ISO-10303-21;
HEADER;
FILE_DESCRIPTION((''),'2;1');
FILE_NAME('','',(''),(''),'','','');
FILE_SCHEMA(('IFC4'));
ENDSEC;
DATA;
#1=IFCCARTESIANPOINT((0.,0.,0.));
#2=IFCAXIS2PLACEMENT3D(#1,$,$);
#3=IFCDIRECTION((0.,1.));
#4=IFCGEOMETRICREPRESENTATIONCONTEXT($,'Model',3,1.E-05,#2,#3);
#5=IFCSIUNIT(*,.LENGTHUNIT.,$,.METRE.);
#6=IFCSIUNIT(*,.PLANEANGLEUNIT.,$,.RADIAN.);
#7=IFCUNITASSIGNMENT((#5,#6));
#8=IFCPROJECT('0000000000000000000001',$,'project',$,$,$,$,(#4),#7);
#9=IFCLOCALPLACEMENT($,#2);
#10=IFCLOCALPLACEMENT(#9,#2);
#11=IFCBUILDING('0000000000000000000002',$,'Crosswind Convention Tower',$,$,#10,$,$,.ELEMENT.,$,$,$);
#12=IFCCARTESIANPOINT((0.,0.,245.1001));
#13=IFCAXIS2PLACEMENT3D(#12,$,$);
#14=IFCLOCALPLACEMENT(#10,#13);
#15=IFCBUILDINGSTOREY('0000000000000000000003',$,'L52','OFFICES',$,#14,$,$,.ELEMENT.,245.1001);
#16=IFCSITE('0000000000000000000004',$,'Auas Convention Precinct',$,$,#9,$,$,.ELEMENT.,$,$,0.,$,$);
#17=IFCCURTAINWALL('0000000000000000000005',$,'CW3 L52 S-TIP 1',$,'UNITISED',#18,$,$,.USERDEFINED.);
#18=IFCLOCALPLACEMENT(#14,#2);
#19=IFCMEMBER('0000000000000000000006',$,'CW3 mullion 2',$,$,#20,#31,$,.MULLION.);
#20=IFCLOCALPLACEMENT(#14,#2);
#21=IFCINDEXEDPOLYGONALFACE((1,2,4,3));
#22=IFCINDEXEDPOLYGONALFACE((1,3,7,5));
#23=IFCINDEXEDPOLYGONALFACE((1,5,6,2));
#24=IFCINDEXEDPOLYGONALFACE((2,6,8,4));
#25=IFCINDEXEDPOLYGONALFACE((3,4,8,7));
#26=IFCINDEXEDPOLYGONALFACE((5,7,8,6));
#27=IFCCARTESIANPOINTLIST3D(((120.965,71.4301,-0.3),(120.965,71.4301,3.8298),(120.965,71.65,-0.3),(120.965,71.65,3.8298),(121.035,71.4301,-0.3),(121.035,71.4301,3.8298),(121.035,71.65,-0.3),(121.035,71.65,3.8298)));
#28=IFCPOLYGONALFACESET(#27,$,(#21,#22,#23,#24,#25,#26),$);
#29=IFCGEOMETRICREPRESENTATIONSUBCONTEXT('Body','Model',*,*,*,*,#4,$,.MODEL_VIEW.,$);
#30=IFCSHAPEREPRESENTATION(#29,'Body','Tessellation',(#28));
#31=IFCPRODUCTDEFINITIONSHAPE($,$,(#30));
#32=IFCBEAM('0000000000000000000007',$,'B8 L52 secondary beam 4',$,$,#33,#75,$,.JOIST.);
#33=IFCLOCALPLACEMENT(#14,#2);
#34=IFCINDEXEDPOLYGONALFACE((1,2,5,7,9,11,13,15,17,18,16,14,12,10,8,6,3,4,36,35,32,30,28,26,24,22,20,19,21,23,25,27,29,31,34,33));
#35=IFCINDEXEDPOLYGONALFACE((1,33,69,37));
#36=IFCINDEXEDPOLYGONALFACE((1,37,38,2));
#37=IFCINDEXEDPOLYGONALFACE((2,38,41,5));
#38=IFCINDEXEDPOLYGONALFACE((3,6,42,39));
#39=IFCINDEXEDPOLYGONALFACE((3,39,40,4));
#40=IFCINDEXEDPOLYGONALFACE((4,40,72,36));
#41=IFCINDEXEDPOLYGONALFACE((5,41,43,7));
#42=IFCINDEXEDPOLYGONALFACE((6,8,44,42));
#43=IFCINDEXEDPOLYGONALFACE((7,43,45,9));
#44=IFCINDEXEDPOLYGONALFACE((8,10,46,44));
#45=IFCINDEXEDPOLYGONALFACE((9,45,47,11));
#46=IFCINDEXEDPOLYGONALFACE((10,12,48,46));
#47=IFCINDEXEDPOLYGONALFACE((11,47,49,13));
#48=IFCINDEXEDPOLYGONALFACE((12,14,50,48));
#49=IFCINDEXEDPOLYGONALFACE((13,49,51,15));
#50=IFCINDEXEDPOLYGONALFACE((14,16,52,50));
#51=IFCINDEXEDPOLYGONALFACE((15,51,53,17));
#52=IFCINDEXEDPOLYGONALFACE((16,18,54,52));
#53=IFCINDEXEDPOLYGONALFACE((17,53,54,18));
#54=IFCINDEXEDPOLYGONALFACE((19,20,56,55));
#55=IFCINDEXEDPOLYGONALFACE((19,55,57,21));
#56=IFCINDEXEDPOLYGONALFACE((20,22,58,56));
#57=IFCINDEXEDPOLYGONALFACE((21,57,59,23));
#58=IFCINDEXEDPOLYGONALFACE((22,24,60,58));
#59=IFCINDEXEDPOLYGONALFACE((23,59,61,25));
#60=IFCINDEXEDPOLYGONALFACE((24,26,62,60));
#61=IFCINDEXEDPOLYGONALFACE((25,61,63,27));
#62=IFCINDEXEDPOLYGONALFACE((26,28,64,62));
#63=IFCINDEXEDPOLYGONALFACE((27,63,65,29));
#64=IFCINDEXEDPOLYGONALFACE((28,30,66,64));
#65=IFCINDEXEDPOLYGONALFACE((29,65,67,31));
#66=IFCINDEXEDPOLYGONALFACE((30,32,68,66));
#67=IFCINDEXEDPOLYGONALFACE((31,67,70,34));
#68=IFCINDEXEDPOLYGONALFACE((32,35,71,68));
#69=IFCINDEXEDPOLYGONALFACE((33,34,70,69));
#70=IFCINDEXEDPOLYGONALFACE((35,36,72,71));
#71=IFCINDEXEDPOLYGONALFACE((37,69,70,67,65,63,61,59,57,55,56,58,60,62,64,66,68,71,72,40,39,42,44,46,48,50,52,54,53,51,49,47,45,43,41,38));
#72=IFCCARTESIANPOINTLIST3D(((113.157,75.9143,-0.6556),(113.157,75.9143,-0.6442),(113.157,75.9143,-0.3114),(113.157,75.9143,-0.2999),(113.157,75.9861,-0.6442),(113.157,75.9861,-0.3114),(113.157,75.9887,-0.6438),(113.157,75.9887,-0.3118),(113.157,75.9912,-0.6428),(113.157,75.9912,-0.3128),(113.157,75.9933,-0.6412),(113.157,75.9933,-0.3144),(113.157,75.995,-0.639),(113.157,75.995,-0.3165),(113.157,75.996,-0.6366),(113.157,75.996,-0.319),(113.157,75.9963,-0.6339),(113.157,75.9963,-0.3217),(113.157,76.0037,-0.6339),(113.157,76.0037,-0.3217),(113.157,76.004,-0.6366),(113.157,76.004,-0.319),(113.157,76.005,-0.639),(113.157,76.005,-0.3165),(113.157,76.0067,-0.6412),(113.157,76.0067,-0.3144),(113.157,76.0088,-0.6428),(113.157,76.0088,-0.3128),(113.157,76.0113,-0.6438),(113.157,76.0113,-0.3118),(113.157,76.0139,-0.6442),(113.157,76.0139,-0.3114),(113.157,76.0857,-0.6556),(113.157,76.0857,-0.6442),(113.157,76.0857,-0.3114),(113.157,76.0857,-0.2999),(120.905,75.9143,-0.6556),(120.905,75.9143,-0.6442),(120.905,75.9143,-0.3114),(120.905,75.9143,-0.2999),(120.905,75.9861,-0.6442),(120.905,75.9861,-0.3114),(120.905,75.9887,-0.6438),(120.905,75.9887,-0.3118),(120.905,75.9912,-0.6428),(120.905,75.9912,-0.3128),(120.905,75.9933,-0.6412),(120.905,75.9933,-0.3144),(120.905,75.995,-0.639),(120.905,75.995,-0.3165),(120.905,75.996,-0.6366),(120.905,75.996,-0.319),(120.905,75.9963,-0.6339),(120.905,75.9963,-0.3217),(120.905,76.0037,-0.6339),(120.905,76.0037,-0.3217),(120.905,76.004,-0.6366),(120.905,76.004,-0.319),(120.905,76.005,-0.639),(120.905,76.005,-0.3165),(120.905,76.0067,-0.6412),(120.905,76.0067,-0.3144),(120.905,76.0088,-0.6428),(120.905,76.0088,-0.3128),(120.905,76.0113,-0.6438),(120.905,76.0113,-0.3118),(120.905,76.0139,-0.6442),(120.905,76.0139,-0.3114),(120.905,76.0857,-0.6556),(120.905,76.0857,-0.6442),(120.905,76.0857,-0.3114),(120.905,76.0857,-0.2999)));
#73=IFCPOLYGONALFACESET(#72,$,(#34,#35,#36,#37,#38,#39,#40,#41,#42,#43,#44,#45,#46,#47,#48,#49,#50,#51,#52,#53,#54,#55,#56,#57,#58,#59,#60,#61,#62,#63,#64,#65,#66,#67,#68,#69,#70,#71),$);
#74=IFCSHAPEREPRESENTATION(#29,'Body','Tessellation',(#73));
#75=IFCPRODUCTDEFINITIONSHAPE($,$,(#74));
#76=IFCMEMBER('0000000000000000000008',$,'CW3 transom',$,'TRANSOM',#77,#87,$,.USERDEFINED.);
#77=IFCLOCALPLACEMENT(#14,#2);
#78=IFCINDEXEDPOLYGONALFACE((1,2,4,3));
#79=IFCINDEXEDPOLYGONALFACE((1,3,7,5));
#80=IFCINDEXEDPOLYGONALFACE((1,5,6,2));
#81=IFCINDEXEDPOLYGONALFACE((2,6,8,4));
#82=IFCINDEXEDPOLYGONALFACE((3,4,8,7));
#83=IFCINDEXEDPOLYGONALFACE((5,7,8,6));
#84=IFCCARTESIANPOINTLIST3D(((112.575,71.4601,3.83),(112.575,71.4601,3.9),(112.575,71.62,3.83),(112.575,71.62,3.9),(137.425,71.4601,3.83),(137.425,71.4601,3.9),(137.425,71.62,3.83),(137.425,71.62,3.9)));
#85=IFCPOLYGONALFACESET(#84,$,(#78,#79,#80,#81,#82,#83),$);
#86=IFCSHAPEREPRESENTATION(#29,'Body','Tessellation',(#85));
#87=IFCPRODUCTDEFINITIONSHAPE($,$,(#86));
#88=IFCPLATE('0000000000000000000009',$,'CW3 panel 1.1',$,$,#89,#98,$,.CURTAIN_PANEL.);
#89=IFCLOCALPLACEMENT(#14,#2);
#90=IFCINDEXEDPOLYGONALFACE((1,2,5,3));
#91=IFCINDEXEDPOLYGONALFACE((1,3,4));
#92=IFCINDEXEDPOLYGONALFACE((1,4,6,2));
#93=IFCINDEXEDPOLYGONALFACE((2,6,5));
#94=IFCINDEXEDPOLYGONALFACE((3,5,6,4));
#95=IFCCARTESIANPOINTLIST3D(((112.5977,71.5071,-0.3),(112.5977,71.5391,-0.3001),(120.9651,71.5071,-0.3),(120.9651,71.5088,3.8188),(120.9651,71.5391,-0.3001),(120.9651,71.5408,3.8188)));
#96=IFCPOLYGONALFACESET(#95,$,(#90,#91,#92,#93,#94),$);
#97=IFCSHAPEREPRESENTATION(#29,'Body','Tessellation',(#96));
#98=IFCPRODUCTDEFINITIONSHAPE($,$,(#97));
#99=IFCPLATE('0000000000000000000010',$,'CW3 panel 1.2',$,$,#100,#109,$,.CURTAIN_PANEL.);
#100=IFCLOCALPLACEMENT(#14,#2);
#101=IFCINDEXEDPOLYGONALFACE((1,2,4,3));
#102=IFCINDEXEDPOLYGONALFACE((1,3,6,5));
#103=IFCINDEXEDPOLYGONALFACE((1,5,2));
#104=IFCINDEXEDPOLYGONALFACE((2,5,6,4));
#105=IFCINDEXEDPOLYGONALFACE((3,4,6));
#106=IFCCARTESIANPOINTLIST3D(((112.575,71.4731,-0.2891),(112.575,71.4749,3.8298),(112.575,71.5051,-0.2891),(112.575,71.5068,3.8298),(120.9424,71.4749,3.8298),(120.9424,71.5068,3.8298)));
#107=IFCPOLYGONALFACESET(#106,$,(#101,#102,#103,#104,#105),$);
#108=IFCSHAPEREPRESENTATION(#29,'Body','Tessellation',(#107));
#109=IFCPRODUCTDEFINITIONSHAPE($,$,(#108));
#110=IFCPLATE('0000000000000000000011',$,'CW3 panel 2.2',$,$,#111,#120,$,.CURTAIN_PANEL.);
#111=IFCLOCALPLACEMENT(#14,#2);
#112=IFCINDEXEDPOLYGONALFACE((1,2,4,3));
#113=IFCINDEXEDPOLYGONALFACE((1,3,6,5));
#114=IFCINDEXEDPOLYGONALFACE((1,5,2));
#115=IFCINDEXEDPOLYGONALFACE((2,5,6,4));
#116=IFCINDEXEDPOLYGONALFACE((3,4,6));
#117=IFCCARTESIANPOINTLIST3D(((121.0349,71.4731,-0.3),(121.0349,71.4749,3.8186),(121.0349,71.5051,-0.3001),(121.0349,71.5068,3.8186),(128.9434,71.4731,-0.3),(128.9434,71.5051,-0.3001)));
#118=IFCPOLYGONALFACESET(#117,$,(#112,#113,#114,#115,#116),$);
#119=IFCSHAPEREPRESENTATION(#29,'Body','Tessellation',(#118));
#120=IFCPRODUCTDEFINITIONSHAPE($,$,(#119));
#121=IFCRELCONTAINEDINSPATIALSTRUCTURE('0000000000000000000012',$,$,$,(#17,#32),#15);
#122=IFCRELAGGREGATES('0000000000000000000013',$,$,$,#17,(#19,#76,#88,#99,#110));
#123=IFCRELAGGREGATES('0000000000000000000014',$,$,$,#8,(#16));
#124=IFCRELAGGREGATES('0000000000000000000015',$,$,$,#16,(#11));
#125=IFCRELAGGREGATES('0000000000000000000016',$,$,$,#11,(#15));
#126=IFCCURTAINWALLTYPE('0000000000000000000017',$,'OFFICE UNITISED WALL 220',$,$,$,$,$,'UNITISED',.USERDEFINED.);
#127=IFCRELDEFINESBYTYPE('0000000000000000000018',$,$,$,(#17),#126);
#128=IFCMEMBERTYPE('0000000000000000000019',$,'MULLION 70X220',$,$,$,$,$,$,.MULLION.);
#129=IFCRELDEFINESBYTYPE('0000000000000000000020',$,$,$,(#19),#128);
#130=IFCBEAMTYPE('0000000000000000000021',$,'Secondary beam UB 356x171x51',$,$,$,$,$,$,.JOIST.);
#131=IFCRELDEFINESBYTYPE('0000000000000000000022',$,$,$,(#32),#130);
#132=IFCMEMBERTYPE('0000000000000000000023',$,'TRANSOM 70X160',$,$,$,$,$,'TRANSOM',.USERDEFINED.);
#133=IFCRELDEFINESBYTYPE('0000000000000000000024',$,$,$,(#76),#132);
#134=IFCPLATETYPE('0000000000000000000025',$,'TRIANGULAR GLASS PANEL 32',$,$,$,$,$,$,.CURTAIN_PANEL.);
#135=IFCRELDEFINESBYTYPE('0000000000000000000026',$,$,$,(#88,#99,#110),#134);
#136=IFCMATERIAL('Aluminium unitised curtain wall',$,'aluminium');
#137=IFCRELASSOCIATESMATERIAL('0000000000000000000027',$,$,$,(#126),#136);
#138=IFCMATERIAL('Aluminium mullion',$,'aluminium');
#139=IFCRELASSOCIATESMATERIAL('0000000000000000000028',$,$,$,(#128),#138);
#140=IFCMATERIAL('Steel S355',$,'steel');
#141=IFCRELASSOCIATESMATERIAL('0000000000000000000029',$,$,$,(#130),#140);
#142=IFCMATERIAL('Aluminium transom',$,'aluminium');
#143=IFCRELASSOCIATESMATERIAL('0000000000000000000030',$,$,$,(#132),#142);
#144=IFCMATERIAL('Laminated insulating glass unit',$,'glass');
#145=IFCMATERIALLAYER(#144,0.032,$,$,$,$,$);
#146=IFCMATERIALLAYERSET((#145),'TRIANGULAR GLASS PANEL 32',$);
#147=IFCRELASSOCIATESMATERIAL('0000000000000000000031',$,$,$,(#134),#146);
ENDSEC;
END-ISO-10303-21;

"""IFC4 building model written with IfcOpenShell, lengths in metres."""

from ifc_helpers import new_model, si_unit, direction, frame, origin, origin_2d, place, context, subcontext, project, spatial, polyline, rectangle, i_section, outline, extrude, material, layer, layer_set, material_profile, profile_set, type_object, element, aggregate, save


model = new_model("IFC4")

# Units and contexts
model_context = context("Model", 3, precision=1e-05, world=origin(), true_north=direction((0.0, 1.0)))
body_context = subcontext(model_context, "Body", "Model", "MODEL_VIEW")
ifc_project = project(units=[si_unit("LENGTHUNIT", "METRE"), si_unit("PLANEANGLEUNIT", "RADIAN")], contexts=[model_context])

# Site, building, storey
site_placement = place(None, origin())
site = spatial("IfcSite", under=ifc_project, at=site_placement, Name="Auas Convention Precinct", CompositionType="ELEMENT", RefElevation=0.0)
building_placement = place(site_placement, origin())
building = spatial("IfcBuilding", under=site, at=building_placement, Name="Crosswind Convention Tower", CompositionType="ELEMENT")
storey_placement = place(building_placement, frame((0.0, 0.0, 245.1001)))
storey = spatial("IfcBuildingStorey", under=building, at=storey_placement, Name="L52", Description="OFFICES", CompositionType="ELEMENT", Elevation=245.1001)

# Shared definitions
ifc_material_1 = material(Name="Steel S355", Category="steel")

# Curtain wall, member
ifc_material_2 = material(Name="Aluminium unitised curtain wall", Category="aluminium")
curtain_wall_type = type_object("IfcCurtainWallType", Name="OFFICE UNITISED WALL 220", ElementType="UNITISED", PredefinedType="USERDEFINED", material=ifc_material_2)
curtain_wall_placement = place(storey_placement, origin())
curtain_wall = element("IfcCurtainWall", 1, at=curtain_wall_placement, inside=storey, type_object=curtain_wall_type, Name="CW3 L52 S-TIP 1", ObjectType="UNITISED", PredefinedType="USERDEFINED")
ifc_material_3 = material(Name="Aluminium mullion", Category="aluminium")
ifc_material_profile_1 = material_profile(ifc_material_3, rectangle(XDim=0.22, YDim=0.0701, at=origin_2d()), Name="AL 220X70")
ifc_profile_set_1 = profile_set([ifc_material_profile_1], Name="Aluminium mullion")
member_type_1 = type_object("IfcMemberType", Name="MULLION 70X220", PredefinedType="MULLION", material=ifc_profile_set_1)
member_1_placement = place(storey_placement, frame((121.0, 71.54, -0.3), z_axis=(0.0, 0.0, 1.0), x_axis=(0.0, -1.0, 0.0)))
member_1 = element("IfcMember", 2, at=member_1_placement, type_object=member_type_1, Name="CW3 mullion 2", PredefinedType="MULLION", context=body_context, shape_type="SweptSolid", body=[
    extrude(rectangle(XDim=0.22, YDim=0.0701, at=origin_2d()), origin(), (0.0, 0.0, 1.0), 4.1299),
])

# Beam
ifc_material_profile_2 = material_profile(ifc_material_1, i_section(OverallWidth=0.1714, OverallDepth=0.3557, WebThickness=0.0073, FlangeThickness=0.0115, FilletRadius=0.0103, at=origin_2d()), Name="UB 356x171x51")
ifc_profile_set_2 = profile_set([ifc_material_profile_2], Name="Steel S355")
beam_type_1 = type_object("IfcBeamType", Name="Secondary beam UB 356x171x51", PredefinedType="JOIST", material=ifc_profile_set_2)
beam_1_placement = place(storey_placement, frame((113.157, 76.0, -0.4778), z_axis=(1.0, 0.0, 0.0), x_axis=(0.0, 1.0, 0.0)))
element("IfcBeam", 3, at=beam_1_placement, inside=storey, type_object=beam_type_1, Name="B8 L52 secondary beam 4", PredefinedType="JOIST", context=body_context, shape_type="SweptSolid", body=[
    extrude(i_section(OverallWidth=0.1714, OverallDepth=0.3557, WebThickness=0.0073, FlangeThickness=0.0115, FilletRadius=0.0103, at=origin_2d()), origin(), (0.0, 0.0, 1.0), 7.748),
])

# Member
ifc_material_4 = material(Name="Aluminium transom", Category="aluminium")
ifc_material_profile_3 = material_profile(ifc_material_4, rectangle(XDim=0.1599, YDim=0.0701, at=origin_2d()), Name="AL 160X70")
ifc_profile_set_3 = profile_set([ifc_material_profile_3], Name="Aluminium transom")
member_type_2 = type_object("IfcMemberType", Name="TRANSOM 70X160", ElementType="TRANSOM", PredefinedType="USERDEFINED", material=ifc_profile_set_3)
member_2_placement = place(storey_placement, frame((112.575, 71.54, 3.865), z_axis=(1.0, 0.0, 0.0), x_axis=(0.0, 1.0, 0.0)))
member_2 = element("IfcMember", 4, at=member_2_placement, type_object=member_type_2, Name="CW3 transom", ObjectType="TRANSOM", PredefinedType="USERDEFINED", context=body_context, shape_type="SweptSolid", body=[
    extrude(rectangle(XDim=0.1599, YDim=0.0701, at=origin_2d()), origin(), (0.0, 0.0, 1.0), 24.8501),
])

# Plates
ifc_material_5 = material(Name="Laminated insulating glass unit", Category="glass")
ifc_layer_1 = layer(ifc_material_5, 0.032)
ifc_layer_set_1 = layer_set([ifc_layer_1], Name="TRIANGULAR GLASS PANEL 32")
plate_type = type_object("IfcPlateType", Name="TRIANGULAR GLASS PANEL 32", PredefinedType="CURTAIN_PANEL", material=ifc_layer_set_1)
plate_1_placement = place(storey_placement, frame((120.9651, 71.5071, -0.3), z_axis=(0.0, -1.0, 0.000415), x_axis=(0.0, 0.000415, 1.0)))
plate_1 = element("IfcPlate", 5, at=plate_1_placement, type_object=plate_type, Name="CW3 panel 1.1", PredefinedType="CURTAIN_PANEL", context=body_context, shape_type="SweptSolid", body=[
    extrude(outline(polyline([(0.0, 0.0), (4.1189, 0.0), (0.0, 8.3674), (0.0, 0.0)])), origin(), (0.0, 0.0, -1.0), 0.032),
])
plate_2_placement = place(storey_placement, frame((112.575, 71.4749, 3.8298), z_axis=(0.0, -1.0, 0.000415), x_axis=(0.0, -0.000415, -1.0)))
plate_2 = element("IfcPlate", 6, at=plate_2_placement, type_object=plate_type, Name="CW3 panel 1.2", PredefinedType="CURTAIN_PANEL", context=body_context, shape_type="SweptSolid", body=[
    extrude(outline(polyline([(0.0, 0.0), (4.1189, 0.0), (0.0, 8.3674), (0.0, 0.0)])), origin(), (0.0, 0.0, -1.0), 0.032),
])
plate_3_placement = place(storey_placement, frame((121.0349, 71.4731, -0.3), z_axis=(0.0, -1.0, 0.000415), x_axis=(1.0, 0.0, 0.0)))
plate_3 = element("IfcPlate", 7, at=plate_3_placement, type_object=plate_type, Name="CW3 panel 2.2", PredefinedType="CURTAIN_PANEL", context=body_context, shape_type="SweptSolid", body=[
    extrude(outline(polyline([(0.0, 0.0), (7.9084, 0.0), (0.0, 4.1187), (0.0, 0.0)])), origin(), (0.0, 0.0, -1.0), 0.032),
])
aggregate(curtain_wall, [member_1, member_2, plate_1, plate_2, plate_3])

save(model, "model.ifc")
